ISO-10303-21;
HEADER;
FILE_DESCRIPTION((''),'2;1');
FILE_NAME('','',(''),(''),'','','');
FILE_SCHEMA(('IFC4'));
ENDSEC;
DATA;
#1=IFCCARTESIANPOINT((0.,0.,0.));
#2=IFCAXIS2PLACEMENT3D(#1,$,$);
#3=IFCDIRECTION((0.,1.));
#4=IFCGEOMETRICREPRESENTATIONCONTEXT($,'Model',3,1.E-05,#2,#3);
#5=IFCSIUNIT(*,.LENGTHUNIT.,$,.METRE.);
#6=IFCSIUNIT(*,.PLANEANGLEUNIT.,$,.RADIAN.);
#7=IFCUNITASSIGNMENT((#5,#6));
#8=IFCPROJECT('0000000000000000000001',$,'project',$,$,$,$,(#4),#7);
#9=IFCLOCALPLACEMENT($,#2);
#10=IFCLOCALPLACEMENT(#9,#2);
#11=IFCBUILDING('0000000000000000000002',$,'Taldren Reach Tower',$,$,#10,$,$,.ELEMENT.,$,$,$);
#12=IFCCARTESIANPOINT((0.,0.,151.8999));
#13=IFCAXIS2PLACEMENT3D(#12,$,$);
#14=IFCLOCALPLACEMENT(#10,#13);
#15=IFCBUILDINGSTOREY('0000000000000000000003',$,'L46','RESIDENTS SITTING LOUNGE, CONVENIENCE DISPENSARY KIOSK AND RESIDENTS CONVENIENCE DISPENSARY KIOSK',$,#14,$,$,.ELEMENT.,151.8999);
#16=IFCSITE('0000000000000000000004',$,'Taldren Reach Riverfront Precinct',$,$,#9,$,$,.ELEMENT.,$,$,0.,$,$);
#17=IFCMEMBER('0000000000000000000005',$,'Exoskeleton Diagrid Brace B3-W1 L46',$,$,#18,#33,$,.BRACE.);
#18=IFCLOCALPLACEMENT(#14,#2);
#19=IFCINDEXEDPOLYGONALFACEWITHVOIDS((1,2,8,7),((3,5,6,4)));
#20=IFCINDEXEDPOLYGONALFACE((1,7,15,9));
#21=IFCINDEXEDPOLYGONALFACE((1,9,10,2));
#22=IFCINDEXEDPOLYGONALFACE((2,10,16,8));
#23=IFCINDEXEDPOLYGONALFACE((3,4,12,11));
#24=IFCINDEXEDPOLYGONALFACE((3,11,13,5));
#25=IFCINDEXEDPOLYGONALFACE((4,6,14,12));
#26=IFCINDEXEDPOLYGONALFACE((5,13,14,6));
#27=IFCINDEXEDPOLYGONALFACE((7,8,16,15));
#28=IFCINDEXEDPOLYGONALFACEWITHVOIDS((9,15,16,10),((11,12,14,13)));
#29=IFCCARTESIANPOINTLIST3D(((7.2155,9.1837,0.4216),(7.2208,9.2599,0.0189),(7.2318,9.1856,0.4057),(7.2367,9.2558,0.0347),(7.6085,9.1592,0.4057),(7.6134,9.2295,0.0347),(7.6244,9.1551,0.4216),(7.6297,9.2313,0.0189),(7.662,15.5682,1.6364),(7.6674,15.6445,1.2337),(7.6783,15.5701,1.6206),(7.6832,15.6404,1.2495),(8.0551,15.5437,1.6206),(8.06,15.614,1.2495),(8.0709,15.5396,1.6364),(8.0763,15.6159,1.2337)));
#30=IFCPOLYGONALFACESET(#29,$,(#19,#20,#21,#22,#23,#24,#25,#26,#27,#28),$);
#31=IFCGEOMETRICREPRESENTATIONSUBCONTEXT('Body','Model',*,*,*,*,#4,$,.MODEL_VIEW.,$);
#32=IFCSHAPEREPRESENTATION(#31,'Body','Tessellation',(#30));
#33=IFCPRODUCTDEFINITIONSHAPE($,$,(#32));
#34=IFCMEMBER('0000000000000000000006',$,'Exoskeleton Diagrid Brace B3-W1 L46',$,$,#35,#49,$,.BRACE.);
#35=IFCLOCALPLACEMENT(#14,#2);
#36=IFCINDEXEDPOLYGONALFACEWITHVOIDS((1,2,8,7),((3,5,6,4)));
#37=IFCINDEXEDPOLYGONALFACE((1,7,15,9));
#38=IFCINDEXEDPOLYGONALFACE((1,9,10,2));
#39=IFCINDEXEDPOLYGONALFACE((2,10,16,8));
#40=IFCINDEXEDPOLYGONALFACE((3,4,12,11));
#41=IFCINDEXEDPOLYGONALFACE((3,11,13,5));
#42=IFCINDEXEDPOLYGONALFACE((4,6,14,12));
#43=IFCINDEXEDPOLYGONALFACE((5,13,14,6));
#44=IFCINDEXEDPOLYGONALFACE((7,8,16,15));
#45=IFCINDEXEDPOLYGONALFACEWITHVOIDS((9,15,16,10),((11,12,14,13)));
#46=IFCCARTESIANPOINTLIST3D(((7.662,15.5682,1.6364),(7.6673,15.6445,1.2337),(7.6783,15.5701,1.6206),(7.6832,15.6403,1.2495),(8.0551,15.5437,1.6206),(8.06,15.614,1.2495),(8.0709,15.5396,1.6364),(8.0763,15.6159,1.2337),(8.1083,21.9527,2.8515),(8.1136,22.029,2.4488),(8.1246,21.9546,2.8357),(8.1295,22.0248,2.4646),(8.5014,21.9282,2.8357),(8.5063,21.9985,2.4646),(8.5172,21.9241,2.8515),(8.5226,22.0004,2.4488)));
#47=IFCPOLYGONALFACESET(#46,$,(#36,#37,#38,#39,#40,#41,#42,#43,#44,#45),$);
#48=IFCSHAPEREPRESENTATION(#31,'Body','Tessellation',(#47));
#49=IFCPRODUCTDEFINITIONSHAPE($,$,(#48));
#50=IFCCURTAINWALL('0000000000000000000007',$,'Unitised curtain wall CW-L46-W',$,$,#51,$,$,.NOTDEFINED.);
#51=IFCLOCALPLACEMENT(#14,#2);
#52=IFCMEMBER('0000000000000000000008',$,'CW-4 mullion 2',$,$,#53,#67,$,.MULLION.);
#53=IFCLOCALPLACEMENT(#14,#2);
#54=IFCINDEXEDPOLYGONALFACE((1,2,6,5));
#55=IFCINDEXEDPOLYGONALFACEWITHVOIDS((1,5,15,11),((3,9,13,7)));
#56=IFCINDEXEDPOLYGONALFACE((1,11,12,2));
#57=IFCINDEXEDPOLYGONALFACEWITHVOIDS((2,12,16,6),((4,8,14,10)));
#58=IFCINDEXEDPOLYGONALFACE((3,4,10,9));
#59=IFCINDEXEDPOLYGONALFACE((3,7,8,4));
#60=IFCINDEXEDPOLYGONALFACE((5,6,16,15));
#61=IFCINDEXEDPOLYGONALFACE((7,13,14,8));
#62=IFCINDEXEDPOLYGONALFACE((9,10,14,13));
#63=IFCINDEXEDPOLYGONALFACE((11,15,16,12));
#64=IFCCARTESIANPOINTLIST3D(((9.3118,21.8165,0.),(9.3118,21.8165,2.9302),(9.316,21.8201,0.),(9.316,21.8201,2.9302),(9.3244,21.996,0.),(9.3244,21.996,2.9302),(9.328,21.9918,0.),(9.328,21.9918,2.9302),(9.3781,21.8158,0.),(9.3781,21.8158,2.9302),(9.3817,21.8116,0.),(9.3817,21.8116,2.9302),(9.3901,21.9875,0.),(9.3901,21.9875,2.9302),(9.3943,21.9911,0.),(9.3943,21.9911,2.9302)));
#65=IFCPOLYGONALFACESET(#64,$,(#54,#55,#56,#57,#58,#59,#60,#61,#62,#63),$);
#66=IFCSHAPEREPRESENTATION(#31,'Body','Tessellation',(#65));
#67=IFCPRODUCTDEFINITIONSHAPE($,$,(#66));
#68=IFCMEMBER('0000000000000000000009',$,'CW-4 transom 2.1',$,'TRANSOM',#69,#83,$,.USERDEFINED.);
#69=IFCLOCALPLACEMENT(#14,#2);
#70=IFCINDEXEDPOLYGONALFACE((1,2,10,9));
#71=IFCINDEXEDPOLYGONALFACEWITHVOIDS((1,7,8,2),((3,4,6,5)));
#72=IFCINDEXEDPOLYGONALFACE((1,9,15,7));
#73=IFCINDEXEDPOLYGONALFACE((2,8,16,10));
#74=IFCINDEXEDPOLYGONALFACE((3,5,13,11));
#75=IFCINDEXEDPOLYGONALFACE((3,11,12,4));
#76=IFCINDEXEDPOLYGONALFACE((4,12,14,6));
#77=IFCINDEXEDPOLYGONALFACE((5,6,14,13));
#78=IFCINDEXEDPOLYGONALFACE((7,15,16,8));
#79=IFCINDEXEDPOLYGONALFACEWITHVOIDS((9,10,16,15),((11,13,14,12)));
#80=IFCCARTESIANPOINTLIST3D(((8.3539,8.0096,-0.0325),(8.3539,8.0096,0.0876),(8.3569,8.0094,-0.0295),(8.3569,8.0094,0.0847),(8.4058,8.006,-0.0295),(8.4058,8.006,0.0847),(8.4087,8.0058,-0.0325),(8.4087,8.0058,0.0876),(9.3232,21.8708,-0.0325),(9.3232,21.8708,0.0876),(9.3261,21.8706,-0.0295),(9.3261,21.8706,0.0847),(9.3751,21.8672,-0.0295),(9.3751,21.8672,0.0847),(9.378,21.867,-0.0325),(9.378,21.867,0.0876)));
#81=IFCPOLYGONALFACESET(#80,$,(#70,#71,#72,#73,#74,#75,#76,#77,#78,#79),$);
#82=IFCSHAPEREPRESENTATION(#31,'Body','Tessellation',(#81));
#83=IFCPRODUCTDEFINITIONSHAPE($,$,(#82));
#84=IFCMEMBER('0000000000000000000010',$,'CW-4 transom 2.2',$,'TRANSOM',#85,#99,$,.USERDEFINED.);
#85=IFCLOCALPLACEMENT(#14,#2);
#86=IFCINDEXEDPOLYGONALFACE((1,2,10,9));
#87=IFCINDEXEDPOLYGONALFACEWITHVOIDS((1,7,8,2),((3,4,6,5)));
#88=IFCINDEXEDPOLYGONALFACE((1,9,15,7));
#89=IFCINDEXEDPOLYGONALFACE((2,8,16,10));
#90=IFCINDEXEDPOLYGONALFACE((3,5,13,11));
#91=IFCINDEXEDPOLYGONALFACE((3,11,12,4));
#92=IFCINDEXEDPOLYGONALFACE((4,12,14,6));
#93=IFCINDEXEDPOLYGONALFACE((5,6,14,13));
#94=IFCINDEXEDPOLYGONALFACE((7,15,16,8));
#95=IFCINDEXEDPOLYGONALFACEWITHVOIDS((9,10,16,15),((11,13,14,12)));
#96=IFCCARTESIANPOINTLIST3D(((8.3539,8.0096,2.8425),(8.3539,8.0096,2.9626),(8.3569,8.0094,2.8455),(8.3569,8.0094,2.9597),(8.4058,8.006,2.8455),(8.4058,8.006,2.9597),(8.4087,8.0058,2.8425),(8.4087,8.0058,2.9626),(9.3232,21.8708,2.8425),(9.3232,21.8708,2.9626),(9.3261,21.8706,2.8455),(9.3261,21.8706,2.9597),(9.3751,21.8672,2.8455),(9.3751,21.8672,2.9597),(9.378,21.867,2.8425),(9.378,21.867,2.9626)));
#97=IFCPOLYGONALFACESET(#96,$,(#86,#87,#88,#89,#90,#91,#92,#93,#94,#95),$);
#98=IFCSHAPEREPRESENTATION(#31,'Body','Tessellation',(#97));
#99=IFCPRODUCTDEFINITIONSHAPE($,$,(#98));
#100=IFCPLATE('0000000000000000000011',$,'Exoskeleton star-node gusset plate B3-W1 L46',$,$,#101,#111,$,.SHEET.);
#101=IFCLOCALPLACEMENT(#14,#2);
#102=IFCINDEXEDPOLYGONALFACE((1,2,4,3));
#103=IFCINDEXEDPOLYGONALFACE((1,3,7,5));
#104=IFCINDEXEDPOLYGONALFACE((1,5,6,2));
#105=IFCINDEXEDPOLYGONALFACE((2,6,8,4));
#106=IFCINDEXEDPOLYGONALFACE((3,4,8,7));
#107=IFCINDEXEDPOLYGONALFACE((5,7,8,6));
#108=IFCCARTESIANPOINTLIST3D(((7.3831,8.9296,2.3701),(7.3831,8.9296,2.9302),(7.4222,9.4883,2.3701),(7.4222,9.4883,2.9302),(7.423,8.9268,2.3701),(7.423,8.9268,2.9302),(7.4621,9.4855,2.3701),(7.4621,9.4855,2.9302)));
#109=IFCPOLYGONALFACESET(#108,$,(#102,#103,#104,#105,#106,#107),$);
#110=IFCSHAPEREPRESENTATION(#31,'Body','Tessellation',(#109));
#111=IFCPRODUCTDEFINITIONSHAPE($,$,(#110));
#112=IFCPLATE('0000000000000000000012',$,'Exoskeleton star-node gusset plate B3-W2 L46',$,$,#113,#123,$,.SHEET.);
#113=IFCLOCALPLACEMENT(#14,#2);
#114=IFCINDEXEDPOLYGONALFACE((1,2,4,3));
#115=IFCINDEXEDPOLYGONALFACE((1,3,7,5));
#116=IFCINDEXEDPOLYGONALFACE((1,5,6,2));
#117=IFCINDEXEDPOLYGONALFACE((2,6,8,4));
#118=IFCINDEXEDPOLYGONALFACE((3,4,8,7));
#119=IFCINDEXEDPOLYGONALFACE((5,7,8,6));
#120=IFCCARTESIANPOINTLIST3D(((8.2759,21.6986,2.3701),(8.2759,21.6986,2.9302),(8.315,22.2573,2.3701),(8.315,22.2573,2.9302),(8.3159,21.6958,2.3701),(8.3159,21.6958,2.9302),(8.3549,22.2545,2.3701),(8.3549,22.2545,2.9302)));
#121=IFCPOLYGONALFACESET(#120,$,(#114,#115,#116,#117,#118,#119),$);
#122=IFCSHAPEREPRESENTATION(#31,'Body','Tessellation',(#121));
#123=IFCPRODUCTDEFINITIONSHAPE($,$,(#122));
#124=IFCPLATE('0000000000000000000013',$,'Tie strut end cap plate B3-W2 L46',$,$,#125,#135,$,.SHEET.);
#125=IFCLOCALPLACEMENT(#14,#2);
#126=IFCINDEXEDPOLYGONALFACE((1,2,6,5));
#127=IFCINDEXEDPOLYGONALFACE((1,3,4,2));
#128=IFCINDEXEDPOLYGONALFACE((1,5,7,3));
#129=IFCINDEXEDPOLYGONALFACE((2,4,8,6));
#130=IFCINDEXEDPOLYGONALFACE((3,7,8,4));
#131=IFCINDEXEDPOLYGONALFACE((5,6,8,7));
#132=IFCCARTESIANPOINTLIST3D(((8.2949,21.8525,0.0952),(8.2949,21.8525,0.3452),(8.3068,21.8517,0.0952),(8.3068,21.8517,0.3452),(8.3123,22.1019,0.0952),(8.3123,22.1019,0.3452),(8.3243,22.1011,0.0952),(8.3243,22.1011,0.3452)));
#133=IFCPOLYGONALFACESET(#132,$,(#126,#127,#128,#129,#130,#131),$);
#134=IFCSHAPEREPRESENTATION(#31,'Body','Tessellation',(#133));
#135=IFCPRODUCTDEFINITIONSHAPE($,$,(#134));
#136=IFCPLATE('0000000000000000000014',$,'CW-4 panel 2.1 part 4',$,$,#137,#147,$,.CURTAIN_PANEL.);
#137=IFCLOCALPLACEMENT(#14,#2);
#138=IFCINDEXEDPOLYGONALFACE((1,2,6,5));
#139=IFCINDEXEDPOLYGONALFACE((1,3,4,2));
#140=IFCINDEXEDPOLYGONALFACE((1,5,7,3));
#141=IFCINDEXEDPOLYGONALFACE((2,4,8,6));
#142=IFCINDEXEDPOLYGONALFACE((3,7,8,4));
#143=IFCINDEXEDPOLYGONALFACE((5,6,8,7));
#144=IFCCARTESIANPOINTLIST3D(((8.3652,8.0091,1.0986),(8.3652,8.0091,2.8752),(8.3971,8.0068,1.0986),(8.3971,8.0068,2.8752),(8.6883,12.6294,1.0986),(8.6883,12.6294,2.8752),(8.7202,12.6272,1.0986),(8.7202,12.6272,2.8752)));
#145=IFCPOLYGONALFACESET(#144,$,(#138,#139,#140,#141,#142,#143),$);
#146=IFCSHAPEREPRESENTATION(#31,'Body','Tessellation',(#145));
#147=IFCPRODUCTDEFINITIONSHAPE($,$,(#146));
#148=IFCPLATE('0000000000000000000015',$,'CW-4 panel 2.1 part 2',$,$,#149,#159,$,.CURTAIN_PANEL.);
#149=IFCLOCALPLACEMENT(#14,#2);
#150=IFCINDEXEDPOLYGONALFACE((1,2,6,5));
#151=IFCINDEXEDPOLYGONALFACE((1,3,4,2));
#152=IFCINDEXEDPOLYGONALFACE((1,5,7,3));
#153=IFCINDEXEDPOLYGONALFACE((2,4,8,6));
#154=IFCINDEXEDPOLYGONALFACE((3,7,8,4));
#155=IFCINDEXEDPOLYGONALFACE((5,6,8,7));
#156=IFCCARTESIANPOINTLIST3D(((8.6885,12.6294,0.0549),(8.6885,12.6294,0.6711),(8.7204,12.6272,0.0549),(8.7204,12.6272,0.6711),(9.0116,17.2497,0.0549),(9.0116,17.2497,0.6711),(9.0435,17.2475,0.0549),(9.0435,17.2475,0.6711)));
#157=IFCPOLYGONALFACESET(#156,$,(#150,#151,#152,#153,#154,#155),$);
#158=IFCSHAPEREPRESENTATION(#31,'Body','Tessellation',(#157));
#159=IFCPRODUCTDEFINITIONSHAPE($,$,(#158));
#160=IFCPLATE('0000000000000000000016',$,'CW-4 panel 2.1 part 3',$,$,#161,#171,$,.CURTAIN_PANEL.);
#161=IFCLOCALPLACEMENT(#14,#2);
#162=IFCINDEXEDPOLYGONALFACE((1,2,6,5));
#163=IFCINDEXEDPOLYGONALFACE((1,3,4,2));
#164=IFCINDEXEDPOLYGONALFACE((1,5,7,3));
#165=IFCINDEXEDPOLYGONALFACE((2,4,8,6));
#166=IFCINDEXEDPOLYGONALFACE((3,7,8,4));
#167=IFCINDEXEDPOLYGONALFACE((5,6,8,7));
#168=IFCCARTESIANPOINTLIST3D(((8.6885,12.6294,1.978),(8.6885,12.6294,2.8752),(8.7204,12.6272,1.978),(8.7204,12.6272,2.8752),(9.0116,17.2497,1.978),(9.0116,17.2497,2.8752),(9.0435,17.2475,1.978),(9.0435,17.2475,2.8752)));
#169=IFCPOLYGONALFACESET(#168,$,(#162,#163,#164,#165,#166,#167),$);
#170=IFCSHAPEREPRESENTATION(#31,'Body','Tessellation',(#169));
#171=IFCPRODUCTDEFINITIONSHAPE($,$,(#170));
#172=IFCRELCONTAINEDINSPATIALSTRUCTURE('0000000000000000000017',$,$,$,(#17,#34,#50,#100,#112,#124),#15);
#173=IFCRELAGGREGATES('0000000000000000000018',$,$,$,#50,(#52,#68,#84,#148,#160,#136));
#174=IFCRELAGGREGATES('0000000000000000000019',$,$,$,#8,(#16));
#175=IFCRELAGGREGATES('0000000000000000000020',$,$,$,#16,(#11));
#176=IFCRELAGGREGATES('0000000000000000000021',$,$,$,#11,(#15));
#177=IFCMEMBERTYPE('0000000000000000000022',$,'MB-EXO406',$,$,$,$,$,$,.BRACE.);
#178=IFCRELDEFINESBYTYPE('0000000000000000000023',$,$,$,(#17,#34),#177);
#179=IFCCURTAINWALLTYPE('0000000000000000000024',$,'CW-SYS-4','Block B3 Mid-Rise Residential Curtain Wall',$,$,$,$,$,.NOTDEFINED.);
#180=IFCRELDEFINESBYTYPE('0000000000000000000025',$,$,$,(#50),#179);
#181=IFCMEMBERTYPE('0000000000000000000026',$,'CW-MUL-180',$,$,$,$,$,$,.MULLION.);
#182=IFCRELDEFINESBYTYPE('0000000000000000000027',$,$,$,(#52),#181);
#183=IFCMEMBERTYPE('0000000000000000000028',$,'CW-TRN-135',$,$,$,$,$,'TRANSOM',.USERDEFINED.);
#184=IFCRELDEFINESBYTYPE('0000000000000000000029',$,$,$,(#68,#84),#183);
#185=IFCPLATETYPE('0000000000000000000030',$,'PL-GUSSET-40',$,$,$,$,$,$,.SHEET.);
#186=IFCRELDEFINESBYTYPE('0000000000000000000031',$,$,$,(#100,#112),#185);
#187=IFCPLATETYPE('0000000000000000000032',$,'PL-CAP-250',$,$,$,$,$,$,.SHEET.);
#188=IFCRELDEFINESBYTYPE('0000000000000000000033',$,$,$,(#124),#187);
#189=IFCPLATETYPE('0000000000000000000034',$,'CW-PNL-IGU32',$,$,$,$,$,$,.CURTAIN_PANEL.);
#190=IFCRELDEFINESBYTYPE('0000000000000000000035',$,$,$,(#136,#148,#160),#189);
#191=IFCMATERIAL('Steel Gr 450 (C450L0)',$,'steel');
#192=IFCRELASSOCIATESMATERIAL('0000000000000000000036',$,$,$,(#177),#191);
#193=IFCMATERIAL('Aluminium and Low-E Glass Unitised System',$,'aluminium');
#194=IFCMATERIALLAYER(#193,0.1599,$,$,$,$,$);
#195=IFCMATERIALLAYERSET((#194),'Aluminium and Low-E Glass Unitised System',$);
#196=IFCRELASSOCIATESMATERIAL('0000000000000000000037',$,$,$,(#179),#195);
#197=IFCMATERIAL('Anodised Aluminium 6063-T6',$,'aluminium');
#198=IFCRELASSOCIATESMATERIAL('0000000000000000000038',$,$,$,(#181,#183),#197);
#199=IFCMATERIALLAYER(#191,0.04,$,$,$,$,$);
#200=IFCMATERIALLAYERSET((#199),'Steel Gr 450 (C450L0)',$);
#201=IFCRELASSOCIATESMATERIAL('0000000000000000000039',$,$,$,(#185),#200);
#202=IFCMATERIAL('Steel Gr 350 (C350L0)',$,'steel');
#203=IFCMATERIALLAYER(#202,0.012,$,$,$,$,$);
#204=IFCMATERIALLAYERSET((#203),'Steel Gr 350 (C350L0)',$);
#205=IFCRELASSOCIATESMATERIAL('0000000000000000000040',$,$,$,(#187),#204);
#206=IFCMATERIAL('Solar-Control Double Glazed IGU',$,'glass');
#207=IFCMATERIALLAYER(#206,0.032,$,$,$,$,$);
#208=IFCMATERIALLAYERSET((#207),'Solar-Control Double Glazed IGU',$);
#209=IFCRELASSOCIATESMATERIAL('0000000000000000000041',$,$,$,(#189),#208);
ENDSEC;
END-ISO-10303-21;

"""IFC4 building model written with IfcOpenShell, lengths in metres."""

from ifc_helpers import new_model, si_unit, direction, frame, origin, origin_2d, place, context, subcontext, project, spatial, rectangle, hollow_rectangle, extrude, source, transform, mapped, material, layer, layer_set, material_profile, profile_set, type_object, element, aggregate, save


model = new_model("IFC4")

# Units and contexts
model_context = context("Model", 3, precision=1e-05, world=origin(), true_north=direction((0.0, 1.0)))
body_context = subcontext(model_context, "Body", "Model", "MODEL_VIEW")
ifc_project = project(units=[si_unit("LENGTHUNIT", "METRE"), si_unit("PLANEANGLEUNIT", "RADIAN")], contexts=[model_context])

# Site, building, storey
site_placement = place(None, origin())
site = spatial("IfcSite", under=ifc_project, at=site_placement, Name="Taldren Reach Riverfront Precinct", CompositionType="ELEMENT", RefElevation=0.0)
building_placement = place(site_placement, origin())
building = spatial("IfcBuilding", under=site, at=building_placement, Name="Taldren Reach Tower", CompositionType="ELEMENT")
storey_placement = place(building_placement, frame((0.0, 0.0, 151.8999)))
storey = spatial("IfcBuildingStorey", under=building, at=storey_placement, Name="L46", Description="RESIDENTS SITTING LOUNGE, CONVENIENCE DISPENSARY KIOSK AND RESIDENTS CONVENIENCE DISPENSARY KIOSK", CompositionType="ELEMENT", Elevation=151.8999)

# Shared definitions
ifc_material_1 = material(Name="Steel Gr 450 (C450L0)", Category="steel")
ifc_material_2 = material(Name="Steel Gr 350 (C350L0)", Category="steel")

# Members
ifc_material_profile_1 = material_profile(ifc_material_1, hollow_rectangle(XDim=0.4099, YDim=0.4099, WallThickness=0.0161, at=origin_2d()), Name="410x410x16.0SHS")
ifc_profile_set_1 = profile_set([ifc_material_profile_1], Name="Steel Gr 450 (C450L0)")
member_type_1 = type_object("IfcMemberType", Name="MB-EXO406", PredefinedType="BRACE", material=ifc_profile_set_1)
shared_shape_1 = source(origin(), body_context, "Body", "SweptSolid", [
    extrude(hollow_rectangle(XDim=0.4099, YDim=0.4099, WallThickness=0.0161, at=origin_2d()), origin(), (0.0, 0.0, 1.0), 6.5144),
])
for number, where, z_axis, x_axis, name in (
    (1, (7.4226, 9.2075, 0.2202), (0.068546, 0.980063, 0.186486), (-0.997563, 0.06977, 0.0), "Exoskeleton Diagrid Brace B3-W1 L46"),
    (2, (7.8691, 15.592, 1.4351), (0.068508, 0.980059, 0.186523), (-0.997566, 0.069732, 0.0), "Exoskeleton Diagrid Brace B3-W1 L46"),
):
    element("IfcMember", number, at=place(storey_placement, frame(where, z_axis=z_axis, x_axis=x_axis)), inside=storey, type_object=member_type_1, Name=name, PredefinedType="BRACE", context=body_context, shape_type="MappedRepresentation", body=[
        mapped(shared_shape_1, transform((0.0, 0.0, 0.0), scale=1.0)),
    ])

# Curtain wall, members
ifc_material_3 = material(Name="Aluminium and Low-E Glass Unitised System", Category="aluminium")
ifc_layer_1 = layer(ifc_material_3, 0.1599)
ifc_layer_set_1 = layer_set([ifc_layer_1], Name="Aluminium and Low-E Glass Unitised System")
curtain_wall_type = type_object("IfcCurtainWallType", Name="CW-SYS-4", Description="Block B3 Mid-Rise Residential Curtain Wall", PredefinedType="NOTDEFINED", material=ifc_layer_set_1)
curtain_wall_placement = place(storey_placement, origin())
curtain_wall = element("IfcCurtainWall", 3, at=curtain_wall_placement, inside=storey, type_object=curtain_wall_type, Name="Unitised curtain wall CW-L46-W", PredefinedType="NOTDEFINED")
ifc_material_4 = material(Name="Anodised Aluminium 6063-T6", Category="aluminium")
ifc_material_profile_2 = material_profile(ifc_material_4, hollow_rectangle(XDim=0.0701, YDim=0.1799, WallThickness=0.0039, at=origin_2d()), Name="ALU-180x70x4RHS")
ifc_profile_set_2 = profile_set([ifc_material_profile_2], Name="Anodised Aluminium 6063-T6")
member_type_2 = type_object("IfcMemberType", Name="CW-MUL-180", PredefinedType="MULLION", material=ifc_profile_set_2)
shared_shape_2 = source(origin(), body_context, "Body", "SweptSolid", [
    extrude(hollow_rectangle(XDim=0.0701, YDim=0.1799, WallThickness=0.0039, at=origin_2d()), origin(), (0.0, 0.0, 1.0), 2.9302),
])
member_1_placement = place(storey_placement, frame((9.353, 21.9038, 0.0), z_axis=(0.0, 0.0, 1.0), x_axis=(0.997564, -0.069756, 0.0)))
member_1 = element("IfcMember", 4, at=member_1_placement, type_object=member_type_2, Name="CW-4 mullion 2", PredefinedType="MULLION", context=body_context, shape_type="MappedRepresentation", body=[
    mapped(shared_shape_2, transform((0.0, 0.0, 0.0), scale=1.0)),
])
ifc_material_profile_3 = material_profile(ifc_material_4, hollow_rectangle(XDim=0.0549, YDim=0.1201, WallThickness=0.0029, at=origin_2d()), Name="ALU-120x55x3RHS")
ifc_profile_set_3 = profile_set([ifc_material_profile_3], Name="Anodised Aluminium 6063-T6")
member_type_3 = type_object("IfcMemberType", Name="CW-TRN-135", ElementType="TRANSOM", PredefinedType="USERDEFINED", material=ifc_profile_set_3)
shared_shape_3 = source(origin(), body_context, "Body", "SweptSolid", [
    extrude(hollow_rectangle(XDim=0.0549, YDim=0.1201, WallThickness=0.0029, at=origin_2d()), origin(), (0.0, 0.0, 1.0), 13.895),
])
member_2_placement = place(storey_placement, frame((9.3506, 21.8689, 0.0276), z_axis=(-0.069755, -0.997564, 0.0), x_axis=(0.997564, -0.069755, 0.0)))
member_2 = element("IfcMember", 5, at=member_2_placement, type_object=member_type_3, Name="CW-4 transom 2.1", ObjectType="TRANSOM", PredefinedType="USERDEFINED", context=body_context, shape_type="MappedRepresentation", body=[
    mapped(shared_shape_3, transform((0.0, 0.0, 0.0), scale=1.0)),
])
member_3_placement = place(storey_placement, frame((9.3506, 21.8689, 2.9026), z_axis=(-0.069755, -0.997564, 0.0), x_axis=(0.997564, -0.069755, 0.0)))
member_3 = element("IfcMember", 6, at=member_3_placement, type_object=member_type_3, Name="CW-4 transom 2.2", ObjectType="TRANSOM", PredefinedType="USERDEFINED", context=body_context, shape_type="MappedRepresentation", body=[
    mapped(shared_shape_3, transform((0.0, 0.0, 0.0), scale=1.0)),
])

# Plates
ifc_layer_2 = layer(ifc_material_1, 0.04)
ifc_layer_set_2 = layer_set([ifc_layer_2], Name="Steel Gr 450 (C450L0)")
plate_type_1 = type_object("IfcPlateType", Name="PL-GUSSET-40", PredefinedType="SHEET", material=ifc_layer_set_2)
shared_shape_4 = source(origin(), body_context, "Body", "SweptSolid", [
    extrude(rectangle(XDim=0.5601, YDim=0.04, at=origin_2d()), origin(), (0.0, 0.0, 1.0), 0.5601),
])
for number, where, z_axis, x_axis, name in (
    (7, (7.4226, 9.2075, 2.3701), (0.0, 0.0, 1.0), (0.069756, 0.997564, 0.0), "Exoskeleton star-node gusset plate B3-W1 L46"),
    (8, (8.3154, 21.9766, 2.3701), (0.0, 0.0, 1.0), (0.069756, 0.997564, 0.0), "Exoskeleton star-node gusset plate B3-W2 L46"),
):
    element("IfcPlate", number, at=place(storey_placement, frame(where, z_axis=z_axis, x_axis=x_axis)), inside=storey, type_object=plate_type_1, Name=name, PredefinedType="SHEET", context=body_context, shape_type="MappedRepresentation", body=[
        mapped(shared_shape_4, transform((0.0, 0.0, 0.0), scale=1.0)),
    ])
ifc_layer_3 = layer(ifc_material_2, 0.012)
ifc_layer_set_3 = layer_set([ifc_layer_3], Name="Steel Gr 350 (C350L0)")
plate_type_2 = type_object("IfcPlateType", Name="PL-CAP-250", PredefinedType="SHEET", material=ifc_layer_set_3)
shared_shape_5 = source(origin(), body_context, "Body", "SweptSolid", [
    extrude(rectangle(XDim=0.012, YDim=0.25, at=origin_2d()), origin(), (0.0, 0.0, 1.0), 0.25),
])
plate_1_placement = place(storey_placement, frame((8.3096, 21.9768, 0.0952), z_axis=(0.0, 0.0, 1.0), x_axis=(0.997564, -0.069756, 0.0)))
element("IfcPlate", 9, at=plate_1_placement, inside=storey, type_object=plate_type_2, Name="Tie strut end cap plate B3-W2 L46", PredefinedType="SHEET", context=body_context, shape_type="MappedRepresentation", body=[
    mapped(shared_shape_5, transform((0.0, 0.0, 0.0), scale=1.0)),
])

# Plates
ifc_material_5 = material(Name="Solar-Control Double Glazed IGU", Category="glass")
ifc_layer_4 = layer(ifc_material_5, 0.032)
ifc_layer_set_4 = layer_set([ifc_layer_4], Name="Solar-Control Double Glazed IGU")
plate_type_3 = type_object("IfcPlateType", Name="CW-PNL-IGU32", PredefinedType="CURTAIN_PANEL", material=ifc_layer_set_4)
shared_shape_6 = source(origin(), body_context, "Body", "SweptSolid", [
    extrude(rectangle(XDim=4.6316, YDim=0.032, at=origin_2d()), origin(), (0.0, 0.0, 1.0), 1.7766),
])
plate_2_placement = place(storey_placement, frame((8.5427, 10.3181, 1.0986), z_axis=(0.0, 0.0, 1.0), x_axis=(-0.069756, -0.997564, 0.0)))
plate_2 = element("IfcPlate", 10, at=plate_2_placement, type_object=plate_type_3, Name="CW-4 panel 2.1 part 4", PredefinedType="CURTAIN_PANEL", context=body_context, shape_type="MappedRepresentation", body=[
    mapped(shared_shape_6, transform((0.0, 0.0, 0.0), scale=1.0)),
])
shared_shape_7 = source(origin(), body_context, "Body", "SweptSolid", [
    extrude(rectangle(XDim=4.6316, YDim=0.032, at=origin_2d()), origin(), (0.0, 0.0, 1.0), 0.6162),
])
plate_3_placement = place(storey_placement, frame((8.866, 14.9385, 0.0549), z_axis=(0.0, 0.0, 1.0), x_axis=(-0.069756, -0.997564, 0.0)))
plate_3 = element("IfcPlate", 11, at=plate_3_placement, type_object=plate_type_3, Name="CW-4 panel 2.1 part 2", PredefinedType="CURTAIN_PANEL", context=body_context, shape_type="MappedRepresentation", body=[
    mapped(shared_shape_7, transform((0.0, 0.0, 0.0), scale=1.0)),
])
shared_shape_8 = source(origin(), body_context, "Body", "SweptSolid", [
    extrude(rectangle(XDim=4.6316, YDim=0.032, at=origin_2d()), origin(), (0.0, 0.0, 1.0), 0.8972),
])
plate_4_placement = place(storey_placement, frame((8.866, 14.9385, 1.978), z_axis=(0.0, 0.0, 1.0), x_axis=(-0.069756, -0.997564, 0.0)))
plate_4 = element("IfcPlate", 12, at=plate_4_placement, type_object=plate_type_3, Name="CW-4 panel 2.1 part 3", PredefinedType="CURTAIN_PANEL", context=body_context, shape_type="MappedRepresentation", body=[
    mapped(shared_shape_8, transform((0.0, 0.0, 0.0), scale=1.0)),
])
aggregate(curtain_wall, [member_1, member_2, member_3, plate_3, plate_4, plate_2])

save(model, "model.ifc")
